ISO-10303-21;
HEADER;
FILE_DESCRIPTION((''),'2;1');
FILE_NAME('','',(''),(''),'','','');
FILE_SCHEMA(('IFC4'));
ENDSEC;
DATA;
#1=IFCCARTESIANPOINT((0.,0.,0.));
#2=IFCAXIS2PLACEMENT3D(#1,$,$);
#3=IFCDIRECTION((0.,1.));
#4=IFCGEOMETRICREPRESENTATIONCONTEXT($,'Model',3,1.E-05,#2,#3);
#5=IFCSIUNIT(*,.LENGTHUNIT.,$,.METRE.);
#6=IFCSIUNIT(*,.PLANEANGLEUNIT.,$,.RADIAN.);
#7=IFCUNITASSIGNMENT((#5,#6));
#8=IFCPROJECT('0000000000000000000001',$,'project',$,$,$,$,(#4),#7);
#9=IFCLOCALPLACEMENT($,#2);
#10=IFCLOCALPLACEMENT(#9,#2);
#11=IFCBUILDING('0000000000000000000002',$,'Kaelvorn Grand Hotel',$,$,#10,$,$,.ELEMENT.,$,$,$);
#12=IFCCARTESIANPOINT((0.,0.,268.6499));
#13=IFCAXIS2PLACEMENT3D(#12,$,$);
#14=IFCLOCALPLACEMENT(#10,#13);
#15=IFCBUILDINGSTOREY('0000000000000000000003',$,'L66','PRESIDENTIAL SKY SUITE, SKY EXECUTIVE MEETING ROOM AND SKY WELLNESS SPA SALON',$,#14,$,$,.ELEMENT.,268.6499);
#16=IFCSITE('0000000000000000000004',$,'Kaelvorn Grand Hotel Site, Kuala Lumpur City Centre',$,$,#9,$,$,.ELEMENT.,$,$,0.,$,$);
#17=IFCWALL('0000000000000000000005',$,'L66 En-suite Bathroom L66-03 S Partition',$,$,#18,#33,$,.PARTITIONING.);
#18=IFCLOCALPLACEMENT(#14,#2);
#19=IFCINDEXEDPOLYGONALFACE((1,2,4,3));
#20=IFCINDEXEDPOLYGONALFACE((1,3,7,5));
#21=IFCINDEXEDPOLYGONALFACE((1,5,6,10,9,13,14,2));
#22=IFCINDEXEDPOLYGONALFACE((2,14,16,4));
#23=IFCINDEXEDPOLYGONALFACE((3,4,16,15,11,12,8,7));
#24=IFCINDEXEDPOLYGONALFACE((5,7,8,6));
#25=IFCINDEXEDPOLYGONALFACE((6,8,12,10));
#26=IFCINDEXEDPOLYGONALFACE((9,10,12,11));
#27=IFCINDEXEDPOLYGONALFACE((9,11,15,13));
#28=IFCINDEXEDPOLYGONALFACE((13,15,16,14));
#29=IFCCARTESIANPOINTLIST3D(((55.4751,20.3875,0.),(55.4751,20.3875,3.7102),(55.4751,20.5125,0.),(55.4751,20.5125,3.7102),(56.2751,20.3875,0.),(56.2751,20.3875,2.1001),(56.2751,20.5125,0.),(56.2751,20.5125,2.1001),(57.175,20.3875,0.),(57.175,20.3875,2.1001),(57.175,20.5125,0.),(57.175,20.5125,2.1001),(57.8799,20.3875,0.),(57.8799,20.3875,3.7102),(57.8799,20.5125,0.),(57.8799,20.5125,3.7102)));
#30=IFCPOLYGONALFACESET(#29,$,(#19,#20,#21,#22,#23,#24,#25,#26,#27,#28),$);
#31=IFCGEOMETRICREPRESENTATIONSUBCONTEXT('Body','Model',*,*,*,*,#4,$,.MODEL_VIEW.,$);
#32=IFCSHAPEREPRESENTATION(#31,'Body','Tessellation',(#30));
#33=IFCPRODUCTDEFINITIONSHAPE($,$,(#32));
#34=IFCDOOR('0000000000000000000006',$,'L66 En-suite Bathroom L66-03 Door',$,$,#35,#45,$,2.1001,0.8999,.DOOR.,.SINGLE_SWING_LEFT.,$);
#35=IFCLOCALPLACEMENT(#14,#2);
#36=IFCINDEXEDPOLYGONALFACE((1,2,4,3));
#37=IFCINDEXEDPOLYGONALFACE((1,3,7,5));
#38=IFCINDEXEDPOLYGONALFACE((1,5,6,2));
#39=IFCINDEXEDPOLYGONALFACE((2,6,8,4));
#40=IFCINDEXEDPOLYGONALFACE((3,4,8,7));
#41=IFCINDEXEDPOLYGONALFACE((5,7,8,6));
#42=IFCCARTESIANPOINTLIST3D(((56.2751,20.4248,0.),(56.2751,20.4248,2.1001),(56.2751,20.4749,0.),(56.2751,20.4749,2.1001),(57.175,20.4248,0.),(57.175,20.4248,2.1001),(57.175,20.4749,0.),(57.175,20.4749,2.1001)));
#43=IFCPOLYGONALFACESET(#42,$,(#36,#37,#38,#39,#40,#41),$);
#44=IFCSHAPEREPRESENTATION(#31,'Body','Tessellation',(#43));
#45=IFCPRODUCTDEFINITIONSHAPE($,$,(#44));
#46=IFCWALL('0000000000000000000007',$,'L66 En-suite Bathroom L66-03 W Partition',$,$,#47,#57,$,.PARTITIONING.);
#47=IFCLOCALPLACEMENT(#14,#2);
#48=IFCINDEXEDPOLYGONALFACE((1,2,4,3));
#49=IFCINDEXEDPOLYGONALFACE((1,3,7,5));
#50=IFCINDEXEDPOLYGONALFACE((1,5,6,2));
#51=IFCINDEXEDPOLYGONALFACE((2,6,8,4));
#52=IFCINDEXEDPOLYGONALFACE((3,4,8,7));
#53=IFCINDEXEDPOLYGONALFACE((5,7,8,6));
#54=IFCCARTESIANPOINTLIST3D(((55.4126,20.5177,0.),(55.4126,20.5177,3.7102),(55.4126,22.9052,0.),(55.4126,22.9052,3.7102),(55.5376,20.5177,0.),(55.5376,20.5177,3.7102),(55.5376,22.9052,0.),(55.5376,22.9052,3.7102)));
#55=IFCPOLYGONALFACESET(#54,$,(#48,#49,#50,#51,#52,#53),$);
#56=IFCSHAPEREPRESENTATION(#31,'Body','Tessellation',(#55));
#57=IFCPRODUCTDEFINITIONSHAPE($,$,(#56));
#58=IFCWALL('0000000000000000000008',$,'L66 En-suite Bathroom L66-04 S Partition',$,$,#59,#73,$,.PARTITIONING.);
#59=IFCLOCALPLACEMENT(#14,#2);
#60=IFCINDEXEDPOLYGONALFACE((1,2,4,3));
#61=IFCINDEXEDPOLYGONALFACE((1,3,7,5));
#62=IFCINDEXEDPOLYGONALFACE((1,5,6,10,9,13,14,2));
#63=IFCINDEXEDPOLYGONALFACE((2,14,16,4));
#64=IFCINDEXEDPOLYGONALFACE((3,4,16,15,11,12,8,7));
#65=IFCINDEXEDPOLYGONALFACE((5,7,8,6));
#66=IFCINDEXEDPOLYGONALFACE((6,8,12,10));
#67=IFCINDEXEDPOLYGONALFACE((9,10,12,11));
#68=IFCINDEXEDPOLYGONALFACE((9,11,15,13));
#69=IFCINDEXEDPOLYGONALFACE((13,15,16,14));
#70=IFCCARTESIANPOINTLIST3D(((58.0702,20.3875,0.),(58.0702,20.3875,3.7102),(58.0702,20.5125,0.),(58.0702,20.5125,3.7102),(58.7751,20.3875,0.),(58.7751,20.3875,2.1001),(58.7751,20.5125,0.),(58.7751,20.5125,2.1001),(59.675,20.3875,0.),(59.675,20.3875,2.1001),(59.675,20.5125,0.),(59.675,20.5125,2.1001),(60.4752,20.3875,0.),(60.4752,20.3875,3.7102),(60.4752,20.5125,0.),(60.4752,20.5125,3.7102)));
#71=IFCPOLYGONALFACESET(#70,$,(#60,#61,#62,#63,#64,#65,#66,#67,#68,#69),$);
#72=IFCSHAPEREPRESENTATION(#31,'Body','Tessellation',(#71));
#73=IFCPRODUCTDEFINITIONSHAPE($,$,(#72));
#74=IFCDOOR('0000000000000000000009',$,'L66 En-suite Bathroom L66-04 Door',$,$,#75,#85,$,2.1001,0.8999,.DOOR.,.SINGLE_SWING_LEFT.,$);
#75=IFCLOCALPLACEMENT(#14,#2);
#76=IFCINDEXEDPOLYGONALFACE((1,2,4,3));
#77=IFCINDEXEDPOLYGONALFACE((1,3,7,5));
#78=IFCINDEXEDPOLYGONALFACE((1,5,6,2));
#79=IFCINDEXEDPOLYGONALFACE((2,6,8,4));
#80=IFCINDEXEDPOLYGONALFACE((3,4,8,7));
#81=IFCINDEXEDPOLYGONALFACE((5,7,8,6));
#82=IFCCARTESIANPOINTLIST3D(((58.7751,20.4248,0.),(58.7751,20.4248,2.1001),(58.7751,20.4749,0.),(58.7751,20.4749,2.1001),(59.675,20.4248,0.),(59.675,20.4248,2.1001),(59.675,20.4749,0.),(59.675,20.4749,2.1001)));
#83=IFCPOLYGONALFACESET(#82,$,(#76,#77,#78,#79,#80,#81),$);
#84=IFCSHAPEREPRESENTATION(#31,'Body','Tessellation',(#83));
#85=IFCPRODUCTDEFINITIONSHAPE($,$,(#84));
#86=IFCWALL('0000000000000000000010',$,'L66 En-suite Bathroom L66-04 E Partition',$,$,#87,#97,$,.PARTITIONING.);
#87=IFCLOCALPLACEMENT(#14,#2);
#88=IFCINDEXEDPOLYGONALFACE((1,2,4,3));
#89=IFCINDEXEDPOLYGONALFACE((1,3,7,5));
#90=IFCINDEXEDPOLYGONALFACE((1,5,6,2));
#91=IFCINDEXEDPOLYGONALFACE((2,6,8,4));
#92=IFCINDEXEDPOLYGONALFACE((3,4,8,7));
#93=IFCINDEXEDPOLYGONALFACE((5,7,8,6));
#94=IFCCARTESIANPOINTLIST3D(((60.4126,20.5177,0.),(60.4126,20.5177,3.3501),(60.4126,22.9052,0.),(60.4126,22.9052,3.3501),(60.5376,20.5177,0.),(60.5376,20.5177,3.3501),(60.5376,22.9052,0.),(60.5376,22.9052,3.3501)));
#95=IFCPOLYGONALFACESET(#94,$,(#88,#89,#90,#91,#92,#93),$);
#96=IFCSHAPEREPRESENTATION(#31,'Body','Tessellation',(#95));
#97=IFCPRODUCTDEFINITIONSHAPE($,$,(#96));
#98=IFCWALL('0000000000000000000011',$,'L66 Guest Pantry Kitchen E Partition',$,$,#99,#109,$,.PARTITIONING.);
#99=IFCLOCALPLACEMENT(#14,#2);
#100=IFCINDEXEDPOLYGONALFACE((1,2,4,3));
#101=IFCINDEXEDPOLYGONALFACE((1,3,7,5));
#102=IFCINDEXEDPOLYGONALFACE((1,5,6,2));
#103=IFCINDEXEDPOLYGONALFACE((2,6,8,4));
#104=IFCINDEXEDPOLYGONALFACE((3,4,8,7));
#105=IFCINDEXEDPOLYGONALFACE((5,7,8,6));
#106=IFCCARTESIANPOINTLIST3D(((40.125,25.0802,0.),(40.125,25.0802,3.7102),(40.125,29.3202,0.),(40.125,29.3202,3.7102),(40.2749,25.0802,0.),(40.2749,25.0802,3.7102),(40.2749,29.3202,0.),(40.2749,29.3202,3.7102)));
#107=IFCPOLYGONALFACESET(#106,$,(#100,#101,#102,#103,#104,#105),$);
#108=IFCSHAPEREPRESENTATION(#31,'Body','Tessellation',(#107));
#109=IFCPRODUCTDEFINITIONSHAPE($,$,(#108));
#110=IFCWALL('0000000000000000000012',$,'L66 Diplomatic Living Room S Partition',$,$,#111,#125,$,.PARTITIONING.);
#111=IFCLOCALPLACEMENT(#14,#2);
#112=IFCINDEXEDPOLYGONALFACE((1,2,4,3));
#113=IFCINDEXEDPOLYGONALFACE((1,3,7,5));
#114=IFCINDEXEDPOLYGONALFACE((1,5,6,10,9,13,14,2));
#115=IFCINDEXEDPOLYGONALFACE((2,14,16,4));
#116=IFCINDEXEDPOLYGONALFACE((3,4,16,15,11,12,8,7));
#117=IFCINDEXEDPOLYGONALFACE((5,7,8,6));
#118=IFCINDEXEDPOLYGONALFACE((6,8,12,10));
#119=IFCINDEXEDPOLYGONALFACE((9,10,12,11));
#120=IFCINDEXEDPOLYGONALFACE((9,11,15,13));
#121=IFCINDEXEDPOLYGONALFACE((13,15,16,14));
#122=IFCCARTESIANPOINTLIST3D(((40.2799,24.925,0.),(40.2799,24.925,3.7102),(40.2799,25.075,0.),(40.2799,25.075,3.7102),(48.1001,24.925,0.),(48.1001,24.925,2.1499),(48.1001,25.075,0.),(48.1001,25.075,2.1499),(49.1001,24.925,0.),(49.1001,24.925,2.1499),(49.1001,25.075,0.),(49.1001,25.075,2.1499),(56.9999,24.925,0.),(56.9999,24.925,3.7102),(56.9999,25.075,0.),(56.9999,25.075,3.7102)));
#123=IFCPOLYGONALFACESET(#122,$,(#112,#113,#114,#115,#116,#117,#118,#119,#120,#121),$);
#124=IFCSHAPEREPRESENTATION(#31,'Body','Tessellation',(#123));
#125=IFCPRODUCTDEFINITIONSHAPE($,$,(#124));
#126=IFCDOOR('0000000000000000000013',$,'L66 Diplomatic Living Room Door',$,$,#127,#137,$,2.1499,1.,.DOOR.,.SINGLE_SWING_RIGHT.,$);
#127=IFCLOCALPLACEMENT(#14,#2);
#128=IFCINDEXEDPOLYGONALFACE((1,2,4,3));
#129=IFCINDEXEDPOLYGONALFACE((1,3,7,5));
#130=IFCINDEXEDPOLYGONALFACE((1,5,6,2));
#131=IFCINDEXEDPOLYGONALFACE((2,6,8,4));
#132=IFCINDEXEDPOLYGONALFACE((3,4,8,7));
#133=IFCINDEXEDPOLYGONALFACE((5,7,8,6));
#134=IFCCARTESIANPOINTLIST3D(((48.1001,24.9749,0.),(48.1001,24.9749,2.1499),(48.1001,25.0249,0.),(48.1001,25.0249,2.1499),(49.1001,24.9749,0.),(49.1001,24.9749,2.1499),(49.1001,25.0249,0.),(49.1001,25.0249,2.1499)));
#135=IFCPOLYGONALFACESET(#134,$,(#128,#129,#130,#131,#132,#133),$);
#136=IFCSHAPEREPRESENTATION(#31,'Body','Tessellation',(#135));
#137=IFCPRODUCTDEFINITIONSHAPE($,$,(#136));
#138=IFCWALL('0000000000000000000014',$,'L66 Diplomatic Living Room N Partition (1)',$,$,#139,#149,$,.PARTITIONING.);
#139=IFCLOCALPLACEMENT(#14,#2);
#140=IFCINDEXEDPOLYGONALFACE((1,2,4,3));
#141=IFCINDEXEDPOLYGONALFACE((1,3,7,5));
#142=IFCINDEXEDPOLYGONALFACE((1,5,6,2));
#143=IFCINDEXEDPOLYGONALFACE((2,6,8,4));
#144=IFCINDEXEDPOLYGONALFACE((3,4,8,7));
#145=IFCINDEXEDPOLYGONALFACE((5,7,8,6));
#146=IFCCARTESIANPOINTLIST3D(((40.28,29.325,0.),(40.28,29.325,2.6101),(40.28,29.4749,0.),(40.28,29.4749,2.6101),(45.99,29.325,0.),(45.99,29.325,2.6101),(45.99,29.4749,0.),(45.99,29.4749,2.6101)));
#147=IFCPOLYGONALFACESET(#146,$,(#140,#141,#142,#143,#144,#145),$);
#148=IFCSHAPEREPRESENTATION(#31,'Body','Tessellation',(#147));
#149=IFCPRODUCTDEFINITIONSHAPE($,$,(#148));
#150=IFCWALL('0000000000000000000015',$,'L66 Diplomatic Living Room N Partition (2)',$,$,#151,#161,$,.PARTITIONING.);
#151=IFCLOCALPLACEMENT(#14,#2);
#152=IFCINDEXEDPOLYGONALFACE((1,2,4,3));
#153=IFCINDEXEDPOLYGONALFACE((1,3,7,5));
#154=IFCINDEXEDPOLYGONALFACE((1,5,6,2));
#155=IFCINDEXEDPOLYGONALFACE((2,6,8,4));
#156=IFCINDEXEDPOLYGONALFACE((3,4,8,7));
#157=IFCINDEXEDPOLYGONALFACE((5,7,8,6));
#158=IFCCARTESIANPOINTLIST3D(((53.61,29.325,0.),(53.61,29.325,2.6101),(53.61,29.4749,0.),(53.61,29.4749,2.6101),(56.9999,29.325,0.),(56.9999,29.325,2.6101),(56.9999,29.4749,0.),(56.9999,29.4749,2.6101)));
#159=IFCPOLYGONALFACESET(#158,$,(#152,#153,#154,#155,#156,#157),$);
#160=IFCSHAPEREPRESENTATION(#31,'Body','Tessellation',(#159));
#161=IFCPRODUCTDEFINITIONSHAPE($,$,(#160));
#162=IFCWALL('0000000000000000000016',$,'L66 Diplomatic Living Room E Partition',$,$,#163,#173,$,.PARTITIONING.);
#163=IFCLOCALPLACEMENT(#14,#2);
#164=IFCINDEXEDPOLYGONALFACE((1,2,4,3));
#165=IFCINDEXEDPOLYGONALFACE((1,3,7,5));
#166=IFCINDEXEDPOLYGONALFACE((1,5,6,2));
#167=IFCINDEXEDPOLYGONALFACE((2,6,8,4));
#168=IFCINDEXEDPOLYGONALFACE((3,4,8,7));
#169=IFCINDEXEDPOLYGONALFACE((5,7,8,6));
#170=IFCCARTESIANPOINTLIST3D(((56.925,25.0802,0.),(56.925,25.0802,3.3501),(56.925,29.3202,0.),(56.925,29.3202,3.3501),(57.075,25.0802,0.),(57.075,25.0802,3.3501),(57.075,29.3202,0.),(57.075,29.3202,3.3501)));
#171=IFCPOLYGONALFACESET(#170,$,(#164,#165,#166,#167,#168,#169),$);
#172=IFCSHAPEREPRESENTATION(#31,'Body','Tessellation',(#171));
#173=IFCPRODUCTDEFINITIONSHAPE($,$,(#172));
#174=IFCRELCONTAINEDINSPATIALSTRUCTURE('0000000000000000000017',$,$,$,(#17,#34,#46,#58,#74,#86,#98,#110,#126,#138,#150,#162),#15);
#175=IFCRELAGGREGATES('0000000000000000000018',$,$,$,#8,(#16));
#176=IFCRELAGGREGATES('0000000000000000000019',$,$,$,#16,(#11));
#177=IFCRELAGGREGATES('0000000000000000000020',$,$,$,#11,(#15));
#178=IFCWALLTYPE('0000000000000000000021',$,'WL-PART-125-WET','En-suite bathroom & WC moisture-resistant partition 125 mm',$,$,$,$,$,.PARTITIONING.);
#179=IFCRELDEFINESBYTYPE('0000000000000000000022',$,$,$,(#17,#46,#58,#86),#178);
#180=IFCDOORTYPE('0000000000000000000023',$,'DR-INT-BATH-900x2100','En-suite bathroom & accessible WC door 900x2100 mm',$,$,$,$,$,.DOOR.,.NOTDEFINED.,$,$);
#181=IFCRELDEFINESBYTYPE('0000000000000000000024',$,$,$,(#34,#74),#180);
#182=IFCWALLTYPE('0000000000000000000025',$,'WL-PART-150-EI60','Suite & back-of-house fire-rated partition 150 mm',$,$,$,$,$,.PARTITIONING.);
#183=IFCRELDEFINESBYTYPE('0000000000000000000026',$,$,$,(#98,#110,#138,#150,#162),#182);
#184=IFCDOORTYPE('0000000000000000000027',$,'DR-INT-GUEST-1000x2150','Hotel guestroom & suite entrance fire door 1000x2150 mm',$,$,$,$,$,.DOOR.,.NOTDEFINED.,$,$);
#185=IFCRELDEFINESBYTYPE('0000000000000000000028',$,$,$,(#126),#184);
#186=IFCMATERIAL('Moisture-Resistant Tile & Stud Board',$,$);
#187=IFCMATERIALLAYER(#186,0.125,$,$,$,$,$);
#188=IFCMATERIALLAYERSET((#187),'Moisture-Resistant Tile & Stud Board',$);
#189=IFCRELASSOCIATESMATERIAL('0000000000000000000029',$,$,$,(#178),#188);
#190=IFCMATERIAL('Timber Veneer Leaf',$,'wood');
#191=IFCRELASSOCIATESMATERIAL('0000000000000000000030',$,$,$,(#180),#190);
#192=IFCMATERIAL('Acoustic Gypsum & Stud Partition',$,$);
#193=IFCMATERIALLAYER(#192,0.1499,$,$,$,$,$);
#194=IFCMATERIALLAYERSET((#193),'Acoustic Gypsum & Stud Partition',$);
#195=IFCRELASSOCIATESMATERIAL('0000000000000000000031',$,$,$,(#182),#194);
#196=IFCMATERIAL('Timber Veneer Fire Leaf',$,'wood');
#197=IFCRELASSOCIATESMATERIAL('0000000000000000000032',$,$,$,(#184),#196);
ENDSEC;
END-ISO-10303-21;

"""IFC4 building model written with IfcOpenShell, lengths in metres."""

from ifc_helpers import new_model, si_unit, direction, frame, frame_2d, origin, place, context, subcontext, project, spatial, rectangle, extrude, material, layer, layer_set, type_object, element, fill, save


model = new_model("IFC4")

# Units and contexts
model_context = context("Model", 3, precision=1e-05, world=origin(), true_north=direction((0.0, 1.0)))
body_context = subcontext(model_context, "Body", "Model", "MODEL_VIEW")
ifc_project = project(units=[si_unit("LENGTHUNIT", "METRE"), si_unit("PLANEANGLEUNIT", "RADIAN")], contexts=[model_context])

# Site, building, storey
site_placement = place(None, origin())
site = spatial("IfcSite", under=ifc_project, at=site_placement, Name="Kaelvorn Grand Hotel Site, Kuala Lumpur City Centre", CompositionType="ELEMENT", RefElevation=0.0)
building_placement = place(site_placement, origin())
building = spatial("IfcBuilding", under=site, at=building_placement, Name="Kaelvorn Grand Hotel", CompositionType="ELEMENT")
storey_placement = place(building_placement, frame((0.0, 0.0, 268.6499)))
storey = spatial("IfcBuildingStorey", under=building, at=storey_placement, Name="L66", Description="PRESIDENTIAL SKY SUITE, SKY EXECUTIVE MEETING ROOM AND SKY WELLNESS SPA SALON", CompositionType="ELEMENT", Elevation=268.6499)

# Wall, opening, door
ifc_material_1 = material(Name="Moisture-Resistant Tile & Stud Board")
ifc_layer_1 = layer(ifc_material_1, 0.125)
ifc_layer_set_1 = layer_set([ifc_layer_1], Name="Moisture-Resistant Tile & Stud Board")
wall_type_1 = type_object("IfcWallType", Name="WL-PART-125-WET", Description="En-suite bathroom & WC moisture-resistant partition 125 mm", PredefinedType="PARTITIONING", material=ifc_layer_set_1)
wall_1_placement = place(storey_placement, frame((55.4751, 20.45, 0.0), z_axis=(0.0, 0.0, 1.0), x_axis=(1.0, 0.0, 0.0)))
wall_1 = element("IfcWall", 1, at=wall_1_placement, inside=storey, type_object=wall_type_1, Name="L66 En-suite Bathroom L66-03 S Partition", PredefinedType="PARTITIONING", context=body_context, shape_type="SweptSolid", body=[
    extrude(rectangle(XDim=2.4048, YDim=0.125, at=frame_2d((1.2024, 0.0))), origin(), (0.0, 0.0, 1.0), 3.7102),
])
opening_1_placement = place(wall_1_placement, frame((0.8, 0.0, 0.0)))
opening_1 = element("IfcOpeningElement", 2, at=opening_1_placement, cuts=wall_1, PredefinedType="OPENING", context=body_context, shape_type="SweptSolid", body=[
    extrude(rectangle(XDim=0.8999, YDim=2.1001, at=frame_2d((0.45, 1.05))), frame((0.0, 0.0725, 0.0), z_axis=(0.0, -1.0, 0.0), x_axis=(1.0, 0.0, 0.0)), (0.0, 0.0, 1.0), 0.145),
])
ifc_material_2 = material(Name="Timber Veneer Leaf", Category="wood")
door_type_1 = type_object("IfcDoorType", Name="DR-INT-BATH-900x2100", Description="En-suite bathroom & accessible WC door 900x2100 mm", OperationType="NOTDEFINED", PredefinedType="DOOR", material=ifc_material_2)
door_1_placement = place(opening_1_placement, origin())
door_1 = element("IfcDoor", 3, at=door_1_placement, inside=storey, type_object=door_type_1, Name="L66 En-suite Bathroom L66-03 Door", OperationType="SINGLE_SWING_LEFT", OverallHeight=2.1001, OverallWidth=0.8999, PredefinedType="DOOR", context=body_context, shape_type="SweptSolid", body=[
    extrude(rectangle(XDim=0.8999, YDim=2.1001, at=frame_2d((0.45, 1.05))), frame((0.0, 0.0249, 0.0), z_axis=(0.0, -1.0, 0.0), x_axis=(1.0, 0.0, 0.0)), (0.0, 0.0, 1.0), 0.05),
])
fill(opening_1, door_1)

# Wall
wall_2_placement = place(storey_placement, frame((55.4751, 20.5176, 0.0), z_axis=(0.0, 0.0, 1.0), x_axis=(0.0, 1.0, 0.0)))
element("IfcWall", 4, at=wall_2_placement, inside=storey, type_object=wall_type_1, Name="L66 En-suite Bathroom L66-03 W Partition", PredefinedType="PARTITIONING", context=body_context, shape_type="SweptSolid", body=[
    extrude(rectangle(XDim=2.3875, YDim=0.125, at=frame_2d((1.1938, 0.0))), origin(), (0.0, 0.0, 1.0), 3.7102),
])

# Wall, opening, door
wall_3_placement = place(storey_placement, frame((58.0701, 20.45, 0.0), z_axis=(0.0, 0.0, 1.0), x_axis=(1.0, 0.0, 0.0)))
wall_3 = element("IfcWall", 5, at=wall_3_placement, inside=storey, type_object=wall_type_1, Name="L66 En-suite Bathroom L66-04 S Partition", PredefinedType="PARTITIONING", context=body_context, shape_type="SweptSolid", body=[
    extrude(rectangle(XDim=2.405, YDim=0.125, at=frame_2d((1.2026, 0.0))), origin(), (0.0, 0.0, 1.0), 3.7102),
])
opening_2_placement = place(wall_3_placement, frame((0.7051, 0.0, 0.0)))
opening_2 = element("IfcOpeningElement", 6, at=opening_2_placement, cuts=wall_3, PredefinedType="OPENING", context=body_context, shape_type="SweptSolid", body=[
    extrude(rectangle(XDim=0.8999, YDim=2.1001, at=frame_2d((0.45, 1.05))), frame((0.0, 0.0725, 0.0), z_axis=(0.0, -1.0, 0.0), x_axis=(1.0, 0.0, 0.0)), (0.0, 0.0, 1.0), 0.145),
])
door_2_placement = place(opening_2_placement, origin())
door_2 = element("IfcDoor", 7, at=door_2_placement, inside=storey, type_object=door_type_1, Name="L66 En-suite Bathroom L66-04 Door", OperationType="SINGLE_SWING_LEFT", OverallHeight=2.1001, OverallWidth=0.8999, PredefinedType="DOOR", context=body_context, shape_type="SweptSolid", body=[
    extrude(rectangle(XDim=0.8999, YDim=2.1001, at=frame_2d((0.45, 1.05))), frame((0.0, 0.0249, 0.0), z_axis=(0.0, -1.0, 0.0), x_axis=(1.0, 0.0, 0.0)), (0.0, 0.0, 1.0), 0.05),
])
fill(opening_2, door_2)

# Walls
wall_4_placement = place(storey_placement, frame((60.4751, 20.5176, 0.0), z_axis=(0.0, 0.0, 1.0), x_axis=(0.0, 1.0, 0.0)))
element("IfcWall", 8, at=wall_4_placement, inside=storey, type_object=wall_type_1, Name="L66 En-suite Bathroom L66-04 E Partition", PredefinedType="PARTITIONING", context=body_context, shape_type="SweptSolid", body=[
    extrude(rectangle(XDim=2.3875, YDim=0.125, at=frame_2d((1.1938, 0.0))), origin(), (0.0, 0.0, 1.0), 3.3501),
])
ifc_material_3 = material(Name="Acoustic Gypsum & Stud Partition")
ifc_layer_2 = layer(ifc_material_3, 0.1499)
ifc_layer_set_2 = layer_set([ifc_layer_2], Name="Acoustic Gypsum & Stud Partition")
wall_type_2 = type_object("IfcWallType", Name="WL-PART-150-EI60", Description="Suite & back-of-house fire-rated partition 150 mm", PredefinedType="PARTITIONING", material=ifc_layer_set_2)
wall_5_placement = place(storey_placement, frame((40.2, 25.0801, 0.0), z_axis=(0.0, 0.0, 1.0), x_axis=(0.0, 1.0, 0.0)))
element("IfcWall", 9, at=wall_5_placement, inside=storey, type_object=wall_type_2, Name="L66 Guest Pantry Kitchen E Partition", PredefinedType="PARTITIONING", context=body_context, shape_type="SweptSolid", body=[
    extrude(rectangle(XDim=4.24, YDim=0.1499, at=frame_2d((2.1201, 0.0))), origin(), (0.0, 0.0, 1.0), 3.7102),
])

# Wall, opening, door
wall_6_placement = place(storey_placement, frame((40.28, 25.0, 0.0), z_axis=(0.0, 0.0, 1.0), x_axis=(1.0, 0.0, 0.0)))
wall_6 = element("IfcWall", 10, at=wall_6_placement, inside=storey, type_object=wall_type_2, Name="L66 Diplomatic Living Room S Partition", PredefinedType="PARTITIONING", context=body_context, shape_type="SweptSolid", body=[
    extrude(rectangle(XDim=16.72, YDim=0.1499, at=frame_2d((8.3599, 0.0))), origin(), (0.0, 0.0, 1.0), 3.7102),
])
opening_3_placement = place(wall_6_placement, frame((7.8201, 0.0, 0.0)))
opening_3 = element("IfcOpeningElement", 11, at=opening_3_placement, cuts=wall_6, PredefinedType="OPENING", context=body_context, shape_type="SweptSolid", body=[
    extrude(rectangle(XDim=1.0, YDim=2.1499, at=frame_2d((0.5, 1.075))), frame((0.0, 0.085, 0.0), z_axis=(0.0, -1.0, 0.0), x_axis=(1.0, 0.0, 0.0)), (0.0, 0.0, 1.0), 0.1699),
])
ifc_material_4 = material(Name="Timber Veneer Fire Leaf", Category="wood")
door_type_2 = type_object("IfcDoorType", Name="DR-INT-GUEST-1000x2150", Description="Hotel guestroom & suite entrance fire door 1000x2150 mm", OperationType="NOTDEFINED", PredefinedType="DOOR", material=ifc_material_4)
door_3_placement = place(opening_3_placement, origin())
door_3 = element("IfcDoor", 12, at=door_3_placement, inside=storey, type_object=door_type_2, Name="L66 Diplomatic Living Room Door", OperationType="SINGLE_SWING_RIGHT", OverallHeight=2.1499, OverallWidth=1.0, PredefinedType="DOOR", context=body_context, shape_type="SweptSolid", body=[
    extrude(rectangle(XDim=1.0, YDim=2.1499, at=frame_2d((0.5, 1.075))), frame((0.0, 0.0249, 0.0), z_axis=(0.0, -1.0, 0.0), x_axis=(1.0, 0.0, 0.0)), (0.0, 0.0, 1.0), 0.05),
])
fill(opening_3, door_3)

# Walls
wall_7_placement = place(storey_placement, frame((40.28, 29.3999, 0.0), z_axis=(0.0, 0.0, 1.0), x_axis=(1.0, 0.0, 0.0)))
element("IfcWall", 13, at=wall_7_placement, inside=storey, type_object=wall_type_2, Name="L66 Diplomatic Living Room N Partition (1)", PredefinedType="PARTITIONING", context=body_context, shape_type="SweptSolid", body=[
    extrude(rectangle(XDim=5.71, YDim=0.1499, at=frame_2d((2.855, 0.0))), origin(), (0.0, 0.0, 1.0), 2.6101),
])
wall_8_placement = place(storey_placement, frame((53.6101, 29.3999, 0.0), z_axis=(0.0, 0.0, 1.0), x_axis=(1.0, 0.0, 0.0)))
element("IfcWall", 14, at=wall_8_placement, inside=storey, type_object=wall_type_2, Name="L66 Diplomatic Living Room N Partition (2)", PredefinedType="PARTITIONING", context=body_context, shape_type="SweptSolid", body=[
    extrude(rectangle(XDim=3.3899, YDim=0.1499, at=frame_2d((1.6948, 0.0))), origin(), (0.0, 0.0, 1.0), 2.6101),
])
wall_9_placement = place(storey_placement, frame((57.0, 25.0801, 0.0), z_axis=(0.0, 0.0, 1.0), x_axis=(0.0, 1.0, 0.0)))
element("IfcWall", 15, at=wall_9_placement, inside=storey, type_object=wall_type_2, Name="L66 Diplomatic Living Room E Partition", PredefinedType="PARTITIONING", context=body_context, shape_type="SweptSolid", body=[
    extrude(rectangle(XDim=4.24, YDim=0.1499, at=frame_2d((2.1201, 0.0))), origin(), (0.0, 0.0, 1.0), 3.3501),
])

save(model, "model.ifc")
